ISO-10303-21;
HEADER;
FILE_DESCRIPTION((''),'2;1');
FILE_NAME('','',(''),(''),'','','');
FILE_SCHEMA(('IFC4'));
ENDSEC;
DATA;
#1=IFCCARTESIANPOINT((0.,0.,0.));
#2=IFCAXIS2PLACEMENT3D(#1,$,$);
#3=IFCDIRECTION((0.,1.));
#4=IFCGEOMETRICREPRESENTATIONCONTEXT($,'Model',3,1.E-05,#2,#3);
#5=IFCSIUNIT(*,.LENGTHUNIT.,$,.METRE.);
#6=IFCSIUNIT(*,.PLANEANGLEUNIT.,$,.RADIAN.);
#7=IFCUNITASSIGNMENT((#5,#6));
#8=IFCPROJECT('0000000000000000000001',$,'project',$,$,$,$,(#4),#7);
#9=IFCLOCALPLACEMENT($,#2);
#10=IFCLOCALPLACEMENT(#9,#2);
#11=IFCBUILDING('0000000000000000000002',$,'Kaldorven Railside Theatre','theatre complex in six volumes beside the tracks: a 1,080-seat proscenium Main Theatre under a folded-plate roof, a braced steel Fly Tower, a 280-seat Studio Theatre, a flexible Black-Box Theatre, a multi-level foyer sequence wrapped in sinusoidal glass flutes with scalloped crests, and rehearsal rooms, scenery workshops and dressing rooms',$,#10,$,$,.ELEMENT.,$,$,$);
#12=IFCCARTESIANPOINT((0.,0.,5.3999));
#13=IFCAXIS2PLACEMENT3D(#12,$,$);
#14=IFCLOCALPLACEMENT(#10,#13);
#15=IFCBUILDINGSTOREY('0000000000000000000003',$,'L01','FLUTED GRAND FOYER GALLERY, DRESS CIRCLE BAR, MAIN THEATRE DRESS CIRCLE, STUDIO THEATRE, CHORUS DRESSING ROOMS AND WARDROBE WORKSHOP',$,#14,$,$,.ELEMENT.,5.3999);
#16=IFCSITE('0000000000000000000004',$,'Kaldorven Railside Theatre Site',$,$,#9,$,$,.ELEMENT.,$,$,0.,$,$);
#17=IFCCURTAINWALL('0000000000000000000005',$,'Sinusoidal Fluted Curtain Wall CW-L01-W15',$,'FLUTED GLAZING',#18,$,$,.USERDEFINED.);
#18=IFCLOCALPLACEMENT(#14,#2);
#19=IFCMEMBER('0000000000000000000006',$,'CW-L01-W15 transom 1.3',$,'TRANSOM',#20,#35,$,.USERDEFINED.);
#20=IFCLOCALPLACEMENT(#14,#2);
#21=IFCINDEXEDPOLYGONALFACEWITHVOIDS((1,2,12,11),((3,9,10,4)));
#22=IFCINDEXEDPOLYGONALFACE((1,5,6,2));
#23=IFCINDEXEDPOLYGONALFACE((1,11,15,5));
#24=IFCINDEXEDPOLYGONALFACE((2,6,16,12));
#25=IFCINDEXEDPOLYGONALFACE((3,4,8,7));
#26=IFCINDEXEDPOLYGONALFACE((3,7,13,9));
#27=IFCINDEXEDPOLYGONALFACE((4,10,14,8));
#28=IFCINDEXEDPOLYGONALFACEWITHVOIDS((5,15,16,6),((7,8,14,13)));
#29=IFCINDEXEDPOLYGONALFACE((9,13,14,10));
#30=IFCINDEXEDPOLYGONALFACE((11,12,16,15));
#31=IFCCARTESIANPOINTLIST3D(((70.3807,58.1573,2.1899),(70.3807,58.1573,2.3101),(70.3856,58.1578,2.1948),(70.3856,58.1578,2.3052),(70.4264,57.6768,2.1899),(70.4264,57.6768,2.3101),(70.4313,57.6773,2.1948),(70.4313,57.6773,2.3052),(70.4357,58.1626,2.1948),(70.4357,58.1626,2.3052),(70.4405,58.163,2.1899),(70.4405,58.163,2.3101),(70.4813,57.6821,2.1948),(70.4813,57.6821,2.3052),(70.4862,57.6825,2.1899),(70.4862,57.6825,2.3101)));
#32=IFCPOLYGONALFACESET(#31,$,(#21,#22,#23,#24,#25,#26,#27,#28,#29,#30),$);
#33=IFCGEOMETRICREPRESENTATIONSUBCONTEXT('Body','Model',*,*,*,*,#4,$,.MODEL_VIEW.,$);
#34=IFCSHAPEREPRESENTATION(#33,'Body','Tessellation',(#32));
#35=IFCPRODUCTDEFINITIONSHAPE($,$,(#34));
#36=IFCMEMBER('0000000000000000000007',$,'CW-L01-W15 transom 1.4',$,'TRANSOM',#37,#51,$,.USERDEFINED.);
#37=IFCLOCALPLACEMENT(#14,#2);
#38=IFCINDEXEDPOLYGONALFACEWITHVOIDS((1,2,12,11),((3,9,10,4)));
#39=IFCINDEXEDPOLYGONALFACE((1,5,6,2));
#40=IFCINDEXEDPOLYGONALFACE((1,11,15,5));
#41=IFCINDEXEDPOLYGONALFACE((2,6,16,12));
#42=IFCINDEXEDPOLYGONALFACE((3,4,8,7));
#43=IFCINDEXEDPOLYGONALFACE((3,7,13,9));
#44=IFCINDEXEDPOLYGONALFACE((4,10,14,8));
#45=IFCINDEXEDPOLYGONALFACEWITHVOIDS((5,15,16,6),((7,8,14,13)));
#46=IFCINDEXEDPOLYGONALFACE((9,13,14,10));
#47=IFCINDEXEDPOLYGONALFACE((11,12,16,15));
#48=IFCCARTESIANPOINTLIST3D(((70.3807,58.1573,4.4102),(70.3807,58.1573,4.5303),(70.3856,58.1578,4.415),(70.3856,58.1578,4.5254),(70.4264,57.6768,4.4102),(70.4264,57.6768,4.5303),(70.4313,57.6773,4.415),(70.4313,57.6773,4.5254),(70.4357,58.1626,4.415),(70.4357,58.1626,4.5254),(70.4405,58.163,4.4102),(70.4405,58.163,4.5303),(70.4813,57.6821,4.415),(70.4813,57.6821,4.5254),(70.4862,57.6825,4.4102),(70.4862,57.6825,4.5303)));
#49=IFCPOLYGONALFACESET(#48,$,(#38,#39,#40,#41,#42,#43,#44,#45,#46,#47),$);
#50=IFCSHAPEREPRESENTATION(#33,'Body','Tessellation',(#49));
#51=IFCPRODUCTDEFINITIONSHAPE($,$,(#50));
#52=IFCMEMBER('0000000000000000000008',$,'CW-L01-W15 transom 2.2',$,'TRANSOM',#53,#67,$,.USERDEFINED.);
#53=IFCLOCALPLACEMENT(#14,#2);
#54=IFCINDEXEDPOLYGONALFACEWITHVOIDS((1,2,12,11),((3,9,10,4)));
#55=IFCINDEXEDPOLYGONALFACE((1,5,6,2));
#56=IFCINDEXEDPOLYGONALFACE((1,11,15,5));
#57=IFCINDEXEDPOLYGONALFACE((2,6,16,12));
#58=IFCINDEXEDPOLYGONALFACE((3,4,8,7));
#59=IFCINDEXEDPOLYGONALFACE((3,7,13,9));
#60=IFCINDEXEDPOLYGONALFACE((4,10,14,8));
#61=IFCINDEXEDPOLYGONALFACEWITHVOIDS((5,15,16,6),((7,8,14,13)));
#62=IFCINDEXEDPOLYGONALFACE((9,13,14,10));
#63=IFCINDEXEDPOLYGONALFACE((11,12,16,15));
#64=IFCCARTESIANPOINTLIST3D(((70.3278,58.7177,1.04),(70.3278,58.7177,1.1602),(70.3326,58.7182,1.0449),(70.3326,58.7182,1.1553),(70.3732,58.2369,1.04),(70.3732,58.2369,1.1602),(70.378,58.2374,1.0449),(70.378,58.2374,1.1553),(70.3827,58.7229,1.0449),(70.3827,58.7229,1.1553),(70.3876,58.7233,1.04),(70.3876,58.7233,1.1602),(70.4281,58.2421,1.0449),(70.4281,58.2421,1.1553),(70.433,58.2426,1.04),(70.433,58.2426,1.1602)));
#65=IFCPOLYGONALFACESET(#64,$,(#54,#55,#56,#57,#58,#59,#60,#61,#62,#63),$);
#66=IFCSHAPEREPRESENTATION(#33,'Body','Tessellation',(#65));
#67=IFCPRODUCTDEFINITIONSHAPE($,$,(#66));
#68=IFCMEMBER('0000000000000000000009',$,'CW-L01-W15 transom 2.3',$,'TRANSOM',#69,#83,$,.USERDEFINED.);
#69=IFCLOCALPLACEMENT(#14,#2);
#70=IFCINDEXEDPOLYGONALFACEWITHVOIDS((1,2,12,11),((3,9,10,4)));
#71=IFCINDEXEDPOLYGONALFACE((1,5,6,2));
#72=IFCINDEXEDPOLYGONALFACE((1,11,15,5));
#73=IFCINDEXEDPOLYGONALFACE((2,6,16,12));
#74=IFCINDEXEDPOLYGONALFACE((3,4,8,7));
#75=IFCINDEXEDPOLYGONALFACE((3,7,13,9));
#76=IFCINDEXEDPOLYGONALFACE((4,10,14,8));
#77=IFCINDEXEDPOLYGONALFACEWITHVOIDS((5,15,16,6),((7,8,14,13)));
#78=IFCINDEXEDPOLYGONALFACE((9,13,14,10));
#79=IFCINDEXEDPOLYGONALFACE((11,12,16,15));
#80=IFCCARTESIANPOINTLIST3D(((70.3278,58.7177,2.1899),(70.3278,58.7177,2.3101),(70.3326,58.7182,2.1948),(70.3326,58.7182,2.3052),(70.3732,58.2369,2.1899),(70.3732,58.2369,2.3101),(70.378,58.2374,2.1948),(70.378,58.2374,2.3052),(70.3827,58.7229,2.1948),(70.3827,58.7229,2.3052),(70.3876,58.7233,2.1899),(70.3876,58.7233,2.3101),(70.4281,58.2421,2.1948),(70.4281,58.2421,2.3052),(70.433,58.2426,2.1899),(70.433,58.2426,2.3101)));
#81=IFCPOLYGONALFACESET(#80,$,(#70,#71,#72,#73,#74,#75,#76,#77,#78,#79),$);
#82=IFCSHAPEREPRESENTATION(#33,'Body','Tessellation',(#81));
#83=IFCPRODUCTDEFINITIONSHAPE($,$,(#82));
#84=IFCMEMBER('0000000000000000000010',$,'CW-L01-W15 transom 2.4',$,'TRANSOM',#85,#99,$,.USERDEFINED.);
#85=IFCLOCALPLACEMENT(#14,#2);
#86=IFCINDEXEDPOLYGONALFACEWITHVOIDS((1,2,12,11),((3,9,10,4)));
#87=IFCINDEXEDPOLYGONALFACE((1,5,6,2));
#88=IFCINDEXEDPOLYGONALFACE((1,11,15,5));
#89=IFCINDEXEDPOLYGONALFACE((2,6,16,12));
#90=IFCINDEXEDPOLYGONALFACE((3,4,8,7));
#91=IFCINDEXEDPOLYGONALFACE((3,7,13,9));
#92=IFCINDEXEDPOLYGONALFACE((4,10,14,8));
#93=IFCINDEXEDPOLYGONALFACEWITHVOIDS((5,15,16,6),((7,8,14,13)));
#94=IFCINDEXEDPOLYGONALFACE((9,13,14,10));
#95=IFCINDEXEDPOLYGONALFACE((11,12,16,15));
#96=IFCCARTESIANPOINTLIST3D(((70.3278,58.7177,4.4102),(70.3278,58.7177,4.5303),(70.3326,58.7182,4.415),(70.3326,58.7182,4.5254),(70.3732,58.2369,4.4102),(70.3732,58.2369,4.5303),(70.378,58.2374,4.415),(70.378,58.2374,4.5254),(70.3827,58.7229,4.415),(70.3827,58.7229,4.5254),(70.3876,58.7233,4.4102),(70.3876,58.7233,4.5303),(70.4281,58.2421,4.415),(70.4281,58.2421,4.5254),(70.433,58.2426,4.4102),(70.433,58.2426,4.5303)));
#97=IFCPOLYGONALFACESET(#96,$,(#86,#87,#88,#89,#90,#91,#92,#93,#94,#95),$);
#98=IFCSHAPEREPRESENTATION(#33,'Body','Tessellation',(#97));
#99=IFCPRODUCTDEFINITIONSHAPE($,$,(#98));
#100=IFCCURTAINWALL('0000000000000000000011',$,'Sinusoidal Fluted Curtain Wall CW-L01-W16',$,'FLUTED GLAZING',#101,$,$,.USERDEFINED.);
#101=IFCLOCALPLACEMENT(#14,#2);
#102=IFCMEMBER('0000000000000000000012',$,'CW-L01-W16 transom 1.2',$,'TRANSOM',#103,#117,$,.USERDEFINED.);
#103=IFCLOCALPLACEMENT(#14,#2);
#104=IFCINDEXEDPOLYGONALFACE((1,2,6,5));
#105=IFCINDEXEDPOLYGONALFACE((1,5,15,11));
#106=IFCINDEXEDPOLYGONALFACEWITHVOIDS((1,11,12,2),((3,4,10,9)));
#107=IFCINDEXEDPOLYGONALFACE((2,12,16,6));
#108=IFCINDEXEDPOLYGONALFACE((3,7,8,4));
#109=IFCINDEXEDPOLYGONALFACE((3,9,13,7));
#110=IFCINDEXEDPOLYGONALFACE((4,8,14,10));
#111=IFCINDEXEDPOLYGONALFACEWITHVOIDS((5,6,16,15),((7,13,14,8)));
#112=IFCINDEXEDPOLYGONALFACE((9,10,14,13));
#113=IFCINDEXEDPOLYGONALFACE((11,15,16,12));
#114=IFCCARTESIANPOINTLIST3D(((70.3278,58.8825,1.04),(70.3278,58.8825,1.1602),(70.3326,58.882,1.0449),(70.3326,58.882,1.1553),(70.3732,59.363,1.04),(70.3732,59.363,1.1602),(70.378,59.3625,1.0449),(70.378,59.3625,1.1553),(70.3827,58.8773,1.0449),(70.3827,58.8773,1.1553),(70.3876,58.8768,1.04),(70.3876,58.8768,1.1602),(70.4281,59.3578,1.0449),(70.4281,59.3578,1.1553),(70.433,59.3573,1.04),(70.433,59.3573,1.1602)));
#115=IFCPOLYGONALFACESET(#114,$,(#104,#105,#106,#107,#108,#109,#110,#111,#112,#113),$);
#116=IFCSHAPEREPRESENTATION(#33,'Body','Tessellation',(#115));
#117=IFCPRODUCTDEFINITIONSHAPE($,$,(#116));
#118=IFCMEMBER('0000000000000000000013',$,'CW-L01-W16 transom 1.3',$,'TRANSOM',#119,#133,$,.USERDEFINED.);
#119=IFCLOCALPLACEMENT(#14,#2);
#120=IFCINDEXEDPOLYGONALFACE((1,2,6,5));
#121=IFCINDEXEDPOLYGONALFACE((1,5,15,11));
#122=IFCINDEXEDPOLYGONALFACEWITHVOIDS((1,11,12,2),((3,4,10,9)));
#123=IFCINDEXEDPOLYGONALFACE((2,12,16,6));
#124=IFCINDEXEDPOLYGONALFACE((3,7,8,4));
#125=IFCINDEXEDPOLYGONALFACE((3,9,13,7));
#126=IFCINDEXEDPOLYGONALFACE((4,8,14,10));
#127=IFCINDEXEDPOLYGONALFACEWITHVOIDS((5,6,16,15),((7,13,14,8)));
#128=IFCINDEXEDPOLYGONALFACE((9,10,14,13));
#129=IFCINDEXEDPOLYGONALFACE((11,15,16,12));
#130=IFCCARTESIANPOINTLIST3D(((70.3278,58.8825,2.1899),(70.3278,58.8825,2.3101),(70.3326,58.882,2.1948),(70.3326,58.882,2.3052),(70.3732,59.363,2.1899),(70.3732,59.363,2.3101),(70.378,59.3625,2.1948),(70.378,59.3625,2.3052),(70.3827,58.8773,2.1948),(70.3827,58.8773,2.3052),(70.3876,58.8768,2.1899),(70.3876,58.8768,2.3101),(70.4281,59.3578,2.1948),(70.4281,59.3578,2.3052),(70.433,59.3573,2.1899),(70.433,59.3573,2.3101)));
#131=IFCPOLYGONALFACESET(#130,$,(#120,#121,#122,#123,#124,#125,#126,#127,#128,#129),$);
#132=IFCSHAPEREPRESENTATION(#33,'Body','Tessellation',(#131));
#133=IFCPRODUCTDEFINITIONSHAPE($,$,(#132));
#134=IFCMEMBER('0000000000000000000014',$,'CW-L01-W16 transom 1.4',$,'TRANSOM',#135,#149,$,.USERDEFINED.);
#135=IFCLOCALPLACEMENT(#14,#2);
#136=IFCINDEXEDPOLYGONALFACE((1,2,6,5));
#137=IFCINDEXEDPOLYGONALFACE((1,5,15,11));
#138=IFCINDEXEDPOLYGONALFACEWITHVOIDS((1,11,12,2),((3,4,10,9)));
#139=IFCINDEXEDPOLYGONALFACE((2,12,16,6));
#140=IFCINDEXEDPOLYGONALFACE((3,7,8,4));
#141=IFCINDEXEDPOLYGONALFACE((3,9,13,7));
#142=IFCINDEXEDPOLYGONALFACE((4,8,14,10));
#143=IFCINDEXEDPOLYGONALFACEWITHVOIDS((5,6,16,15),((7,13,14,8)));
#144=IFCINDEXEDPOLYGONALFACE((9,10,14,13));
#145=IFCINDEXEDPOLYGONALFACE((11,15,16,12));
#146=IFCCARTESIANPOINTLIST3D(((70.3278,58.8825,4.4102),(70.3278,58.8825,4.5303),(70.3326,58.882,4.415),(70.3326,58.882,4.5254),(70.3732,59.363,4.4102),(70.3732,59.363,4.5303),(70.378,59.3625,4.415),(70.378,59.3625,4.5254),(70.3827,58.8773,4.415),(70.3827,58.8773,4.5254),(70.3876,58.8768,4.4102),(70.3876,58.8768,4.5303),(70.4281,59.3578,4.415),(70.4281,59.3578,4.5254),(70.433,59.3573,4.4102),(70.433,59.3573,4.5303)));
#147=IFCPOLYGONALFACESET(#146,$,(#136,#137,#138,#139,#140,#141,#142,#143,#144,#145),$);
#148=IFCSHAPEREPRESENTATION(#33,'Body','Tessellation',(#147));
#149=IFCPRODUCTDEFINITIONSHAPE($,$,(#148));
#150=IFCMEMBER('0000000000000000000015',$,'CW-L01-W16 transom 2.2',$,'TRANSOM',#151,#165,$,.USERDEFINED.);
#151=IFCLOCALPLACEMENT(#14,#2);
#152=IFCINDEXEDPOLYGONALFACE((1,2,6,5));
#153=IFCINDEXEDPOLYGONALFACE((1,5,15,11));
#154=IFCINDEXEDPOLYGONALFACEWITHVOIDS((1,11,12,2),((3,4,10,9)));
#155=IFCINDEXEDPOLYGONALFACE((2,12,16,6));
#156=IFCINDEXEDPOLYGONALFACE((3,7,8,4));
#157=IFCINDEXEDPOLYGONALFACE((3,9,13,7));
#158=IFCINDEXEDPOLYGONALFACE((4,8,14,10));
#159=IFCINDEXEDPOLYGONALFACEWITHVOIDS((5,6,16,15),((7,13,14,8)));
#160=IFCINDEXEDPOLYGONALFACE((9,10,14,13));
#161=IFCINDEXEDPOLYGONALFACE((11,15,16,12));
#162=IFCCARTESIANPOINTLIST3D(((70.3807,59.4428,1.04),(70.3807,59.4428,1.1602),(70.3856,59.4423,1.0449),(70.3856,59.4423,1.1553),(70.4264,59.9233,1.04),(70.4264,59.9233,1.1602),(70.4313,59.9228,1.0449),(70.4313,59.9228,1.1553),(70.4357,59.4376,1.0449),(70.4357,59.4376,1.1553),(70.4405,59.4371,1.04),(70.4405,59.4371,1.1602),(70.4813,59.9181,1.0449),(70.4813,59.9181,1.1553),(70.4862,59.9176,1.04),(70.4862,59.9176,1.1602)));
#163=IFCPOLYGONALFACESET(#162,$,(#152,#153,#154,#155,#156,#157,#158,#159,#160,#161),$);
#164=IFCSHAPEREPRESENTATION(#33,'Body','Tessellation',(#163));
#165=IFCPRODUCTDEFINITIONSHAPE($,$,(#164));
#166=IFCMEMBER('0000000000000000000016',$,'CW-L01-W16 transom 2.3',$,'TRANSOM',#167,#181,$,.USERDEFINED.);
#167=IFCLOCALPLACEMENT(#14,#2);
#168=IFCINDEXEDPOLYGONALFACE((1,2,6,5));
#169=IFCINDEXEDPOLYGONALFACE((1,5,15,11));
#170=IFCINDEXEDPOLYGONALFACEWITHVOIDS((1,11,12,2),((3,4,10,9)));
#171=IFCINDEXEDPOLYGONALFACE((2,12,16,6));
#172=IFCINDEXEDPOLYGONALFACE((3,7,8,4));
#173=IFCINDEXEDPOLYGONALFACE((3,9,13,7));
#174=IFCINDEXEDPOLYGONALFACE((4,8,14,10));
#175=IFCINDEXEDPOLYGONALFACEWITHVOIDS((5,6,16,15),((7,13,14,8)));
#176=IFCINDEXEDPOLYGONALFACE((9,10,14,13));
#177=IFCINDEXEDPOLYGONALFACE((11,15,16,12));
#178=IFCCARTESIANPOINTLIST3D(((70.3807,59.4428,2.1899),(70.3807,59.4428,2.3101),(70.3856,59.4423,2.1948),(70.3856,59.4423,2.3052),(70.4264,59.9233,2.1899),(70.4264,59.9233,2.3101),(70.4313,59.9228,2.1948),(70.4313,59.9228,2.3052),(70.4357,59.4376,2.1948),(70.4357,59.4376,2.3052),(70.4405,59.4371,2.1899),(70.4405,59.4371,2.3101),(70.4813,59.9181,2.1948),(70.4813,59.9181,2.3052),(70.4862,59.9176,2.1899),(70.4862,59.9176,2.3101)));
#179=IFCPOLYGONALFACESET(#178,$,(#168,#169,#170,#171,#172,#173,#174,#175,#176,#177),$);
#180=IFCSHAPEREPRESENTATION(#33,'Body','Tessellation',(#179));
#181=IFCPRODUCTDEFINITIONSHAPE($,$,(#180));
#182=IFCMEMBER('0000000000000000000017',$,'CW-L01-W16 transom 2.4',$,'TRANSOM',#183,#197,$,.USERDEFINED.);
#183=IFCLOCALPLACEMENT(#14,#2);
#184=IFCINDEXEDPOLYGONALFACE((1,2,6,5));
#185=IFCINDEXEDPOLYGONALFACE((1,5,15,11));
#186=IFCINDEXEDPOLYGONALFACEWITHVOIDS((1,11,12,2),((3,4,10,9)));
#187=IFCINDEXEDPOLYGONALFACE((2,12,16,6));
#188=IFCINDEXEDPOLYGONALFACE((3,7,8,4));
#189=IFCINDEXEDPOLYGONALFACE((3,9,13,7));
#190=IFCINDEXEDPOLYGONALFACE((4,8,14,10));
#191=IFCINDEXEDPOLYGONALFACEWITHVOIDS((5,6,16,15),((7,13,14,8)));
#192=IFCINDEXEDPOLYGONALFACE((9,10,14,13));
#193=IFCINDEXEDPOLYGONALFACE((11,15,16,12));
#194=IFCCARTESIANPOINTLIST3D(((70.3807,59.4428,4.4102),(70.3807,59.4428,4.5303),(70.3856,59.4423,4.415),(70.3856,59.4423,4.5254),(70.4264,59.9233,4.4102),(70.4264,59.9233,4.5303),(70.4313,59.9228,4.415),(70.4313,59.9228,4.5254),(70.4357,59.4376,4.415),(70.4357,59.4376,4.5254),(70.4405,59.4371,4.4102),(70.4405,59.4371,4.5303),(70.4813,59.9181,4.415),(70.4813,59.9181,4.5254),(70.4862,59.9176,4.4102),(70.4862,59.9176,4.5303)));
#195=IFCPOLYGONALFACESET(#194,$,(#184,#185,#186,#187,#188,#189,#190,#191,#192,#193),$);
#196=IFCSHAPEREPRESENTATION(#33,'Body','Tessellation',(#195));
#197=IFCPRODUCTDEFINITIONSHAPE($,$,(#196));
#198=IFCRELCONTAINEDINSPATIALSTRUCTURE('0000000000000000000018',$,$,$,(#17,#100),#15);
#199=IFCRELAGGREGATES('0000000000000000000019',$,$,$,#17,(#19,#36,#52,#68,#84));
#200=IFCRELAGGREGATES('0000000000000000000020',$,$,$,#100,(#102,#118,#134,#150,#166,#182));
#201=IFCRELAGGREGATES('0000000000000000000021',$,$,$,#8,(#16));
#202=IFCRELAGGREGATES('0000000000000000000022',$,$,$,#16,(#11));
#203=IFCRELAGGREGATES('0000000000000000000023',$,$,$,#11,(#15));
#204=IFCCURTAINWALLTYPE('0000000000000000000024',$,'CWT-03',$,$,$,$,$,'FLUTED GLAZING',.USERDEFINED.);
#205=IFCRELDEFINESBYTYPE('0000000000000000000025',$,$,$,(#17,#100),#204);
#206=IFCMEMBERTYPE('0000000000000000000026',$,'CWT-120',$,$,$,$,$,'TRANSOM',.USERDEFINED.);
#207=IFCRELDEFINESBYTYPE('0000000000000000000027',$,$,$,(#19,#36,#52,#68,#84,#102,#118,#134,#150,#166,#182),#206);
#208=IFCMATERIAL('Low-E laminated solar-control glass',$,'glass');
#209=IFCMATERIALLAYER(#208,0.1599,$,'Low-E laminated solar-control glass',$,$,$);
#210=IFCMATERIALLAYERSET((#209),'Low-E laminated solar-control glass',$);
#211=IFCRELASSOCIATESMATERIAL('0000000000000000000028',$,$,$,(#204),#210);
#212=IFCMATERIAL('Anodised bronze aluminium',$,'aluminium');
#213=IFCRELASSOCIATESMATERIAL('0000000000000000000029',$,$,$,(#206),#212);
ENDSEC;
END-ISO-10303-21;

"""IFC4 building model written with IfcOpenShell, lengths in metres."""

from ifc_helpers import new_model, si_unit, direction, frame, origin, origin_2d, place, context, subcontext, project, spatial, hollow_rectangle, extrude, material, layer, layer_set, material_profile, profile_set, type_object, element, aggregate, save


model = new_model("IFC4")

# Units and contexts
model_context = context("Model", 3, precision=1e-05, world=origin(), true_north=direction((0.0, 1.0)))
body_context = subcontext(model_context, "Body", "Model", "MODEL_VIEW")
ifc_project = project(units=[si_unit("LENGTHUNIT", "METRE"), si_unit("PLANEANGLEUNIT", "RADIAN")], contexts=[model_context])

# Site, building, storey
site_placement = place(None, origin())
site = spatial("IfcSite", under=ifc_project, at=site_placement, Name="Kaldorven Railside Theatre Site", CompositionType="ELEMENT", RefElevation=0.0)
building_placement = place(site_placement, origin())
building = spatial("IfcBuilding", under=site, at=building_placement, Name="Kaldorven Railside Theatre", Description="theatre complex in six volumes beside the tracks: a 1,080-seat proscenium Main Theatre under a folded-plate roof, a braced steel Fly Tower, a 280-seat Studio Theatre, a flexible Black-Box Theatre, a multi-level foyer sequence wrapped in sinusoidal glass flutes with scalloped crests, and rehearsal rooms, scenery workshops and dressing rooms", CompositionType="ELEMENT")
storey_placement = place(building_placement, frame((0.0, 0.0, 5.3999)))
storey = spatial("IfcBuildingStorey", under=building, at=storey_placement, Name="L01", Description="FLUTED GRAND FOYER GALLERY, DRESS CIRCLE BAR, MAIN THEATRE DRESS CIRCLE, STUDIO THEATRE, CHORUS DRESSING ROOMS AND WARDROBE WORKSHOP", CompositionType="ELEMENT", Elevation=5.3999)

# Curtain walls, members
ifc_material_1 = material(Name="Low-E laminated solar-control glass", Category="glass")
ifc_layer_1 = layer(ifc_material_1, 0.1599, Name="Low-E laminated solar-control glass")
ifc_layer_set_1 = layer_set([ifc_layer_1], Name="Low-E laminated solar-control glass")
curtain_wall_type_1 = type_object("IfcCurtainWallType", Name="CWT-03", ElementType="FLUTED GLAZING", PredefinedType="USERDEFINED", material=ifc_layer_set_1)
curtain_wall_1_placement = place(storey_placement, origin())
curtain_wall_1 = element("IfcCurtainWall", 1, at=curtain_wall_1_placement, inside=storey, type_object=curtain_wall_type_1, Name="Sinusoidal Fluted Curtain Wall CW-L01-W15", ObjectType="FLUTED GLAZING", PredefinedType="USERDEFINED")
ifc_material_2 = material(Name="Anodised bronze aluminium", Category="aluminium")
ifc_material_profile = material_profile(ifc_material_2, hollow_rectangle(XDim=0.0601, YDim=0.1201, WallThickness=0.0049, at=origin_2d()), Name="RHS 120x60x5")
ifc_profile_set = profile_set([ifc_material_profile], Name="Anodised bronze aluminium")
member_type = type_object("IfcMemberType", Name="CWT-120", ElementType="TRANSOM", PredefinedType="USERDEFINED", material=ifc_profile_set)
member_1_placement = place(storey_placement, frame((70.4563, 57.6797, 2.25), z_axis=(-0.094594, 0.995516, 0.0), x_axis=(-0.995516, -0.094594, 0.0)))
member_1 = element("IfcMember", 2, at=member_1_placement, type_object=member_type, Name="CW-L01-W15 transom 1.3", ObjectType="TRANSOM", PredefinedType="USERDEFINED", context=body_context, shape_type="SweptSolid", body=[
    extrude(hollow_rectangle(XDim=0.0601, YDim=0.1201, WallThickness=0.0049, at=origin_2d()), origin(), (0.0, 0.0, 1.0), 0.4827),
])
member_2_placement = place(storey_placement, frame((70.4563, 57.6797, 4.4702), z_axis=(-0.094594, 0.995516, 0.0), x_axis=(-0.995516, -0.094594, 0.0)))
member_2 = element("IfcMember", 3, at=member_2_placement, type_object=member_type, Name="CW-L01-W15 transom 1.4", ObjectType="TRANSOM", PredefinedType="USERDEFINED", context=body_context, shape_type="SweptSolid", body=[
    extrude(hollow_rectangle(XDim=0.0601, YDim=0.1201, WallThickness=0.0049, at=origin_2d()), origin(), (0.0, 0.0, 1.0), 0.4827),
])
member_3_placement = place(storey_placement, frame((70.4031, 58.2397, 1.1001), z_axis=(-0.094046, 0.995568, 0.0), x_axis=(-0.995568, -0.094046, 0.0)))
member_3 = element("IfcMember", 4, at=member_3_placement, type_object=member_type, Name="CW-L01-W15 transom 2.2", ObjectType="TRANSOM", PredefinedType="USERDEFINED", context=body_context, shape_type="SweptSolid", body=[
    extrude(hollow_rectangle(XDim=0.0601, YDim=0.1201, WallThickness=0.0049, at=origin_2d()), origin(), (0.0, 0.0, 1.0), 0.4829),
])
member_4_placement = place(storey_placement, frame((70.4031, 58.2397, 2.25), z_axis=(-0.094046, 0.995568, 0.0), x_axis=(-0.995568, -0.094046, 0.0)))
member_4 = element("IfcMember", 5, at=member_4_placement, type_object=member_type, Name="CW-L01-W15 transom 2.3", ObjectType="TRANSOM", PredefinedType="USERDEFINED", context=body_context, shape_type="SweptSolid", body=[
    extrude(hollow_rectangle(XDim=0.0601, YDim=0.1201, WallThickness=0.0049, at=origin_2d()), origin(), (0.0, 0.0, 1.0), 0.4829),
])
member_5_placement = place(storey_placement, frame((70.4031, 58.2397, 4.4702), z_axis=(-0.094046, 0.995568, 0.0), x_axis=(-0.995568, -0.094046, 0.0)))
member_5 = element("IfcMember", 6, at=member_5_placement, type_object=member_type, Name="CW-L01-W15 transom 2.4", ObjectType="TRANSOM", PredefinedType="USERDEFINED", context=body_context, shape_type="SweptSolid", body=[
    extrude(hollow_rectangle(XDim=0.0601, YDim=0.1201, WallThickness=0.0049, at=origin_2d()), origin(), (0.0, 0.0, 1.0), 0.4829),
])
curtain_wall_2_placement = place(storey_placement, origin())
curtain_wall_2 = element("IfcCurtainWall", 7, at=curtain_wall_2_placement, inside=storey, type_object=curtain_wall_type_1, Name="Sinusoidal Fluted Curtain Wall CW-L01-W16", ObjectType="FLUTED GLAZING", PredefinedType="USERDEFINED")
member_6_placement = place(storey_placement, frame((70.3577, 58.8796, 1.1001), z_axis=(0.094093, 0.995563, 0.0), x_axis=(-0.995563, 0.094093, 0.0)))
member_6 = element("IfcMember", 8, at=member_6_placement, type_object=member_type, Name="CW-L01-W16 transom 1.2", ObjectType="TRANSOM", PredefinedType="USERDEFINED", context=body_context, shape_type="SweptSolid", body=[
    extrude(hollow_rectangle(XDim=0.0601, YDim=0.1201, WallThickness=0.0049, at=origin_2d()), origin(), (0.0, 0.0, 1.0), 0.4827),
])
member_7_placement = place(storey_placement, frame((70.3577, 58.8796, 2.25), z_axis=(0.094093, 0.995563, 0.0), x_axis=(-0.995563, 0.094093, 0.0)))
member_7 = element("IfcMember", 9, at=member_7_placement, type_object=member_type, Name="CW-L01-W16 transom 1.3", ObjectType="TRANSOM", PredefinedType="USERDEFINED", context=body_context, shape_type="SweptSolid", body=[
    extrude(hollow_rectangle(XDim=0.0601, YDim=0.1201, WallThickness=0.0049, at=origin_2d()), origin(), (0.0, 0.0, 1.0), 0.4827),
])
member_8_placement = place(storey_placement, frame((70.3577, 58.8796, 4.4702), z_axis=(0.094093, 0.995563, 0.0), x_axis=(-0.995563, 0.094093, 0.0)))
member_8 = element("IfcMember", 10, at=member_8_placement, type_object=member_type, Name="CW-L01-W16 transom 1.4", ObjectType="TRANSOM", PredefinedType="USERDEFINED", context=body_context, shape_type="SweptSolid", body=[
    extrude(hollow_rectangle(XDim=0.0601, YDim=0.1201, WallThickness=0.0049, at=origin_2d()), origin(), (0.0, 0.0, 1.0), 0.4827),
])
member_9_placement = place(storey_placement, frame((70.4106, 59.4399, 1.1001), z_axis=(0.094594, 0.995516, 0.0), x_axis=(-0.995516, 0.094594, 0.0)))
member_9 = element("IfcMember", 11, at=member_9_placement, type_object=member_type, Name="CW-L01-W16 transom 2.2", ObjectType="TRANSOM", PredefinedType="USERDEFINED", context=body_context, shape_type="SweptSolid", body=[
    extrude(hollow_rectangle(XDim=0.0601, YDim=0.1201, WallThickness=0.0049, at=origin_2d()), origin(), (0.0, 0.0, 1.0), 0.4827),
])
member_10_placement = place(storey_placement, frame((70.4106, 59.4399, 2.25), z_axis=(0.094594, 0.995516, 0.0), x_axis=(-0.995516, 0.094594, 0.0)))
member_10 = element("IfcMember", 12, at=member_10_placement, type_object=member_type, Name="CW-L01-W16 transom 2.3", ObjectType="TRANSOM", PredefinedType="USERDEFINED", context=body_context, shape_type="SweptSolid", body=[
    extrude(hollow_rectangle(XDim=0.0601, YDim=0.1201, WallThickness=0.0049, at=origin_2d()), origin(), (0.0, 0.0, 1.0), 0.4827),
])
member_11_placement = place(storey_placement, frame((70.4106, 59.4399, 4.4702), z_axis=(0.094594, 0.995516, 0.0), x_axis=(-0.995516, 0.094594, 0.0)))
member_11 = element("IfcMember", 13, at=member_11_placement, type_object=member_type, Name="CW-L01-W16 transom 2.4", ObjectType="TRANSOM", PredefinedType="USERDEFINED", context=body_context, shape_type="SweptSolid", body=[
    extrude(hollow_rectangle(XDim=0.0601, YDim=0.1201, WallThickness=0.0049, at=origin_2d()), origin(), (0.0, 0.0, 1.0), 0.4827),
])

aggregate(curtain_wall_1, [member_1, member_2, member_3, member_4, member_5])
aggregate(curtain_wall_2, [member_6, member_7, member_8, member_9, member_10, member_11])

save(model, "model.ifc")
